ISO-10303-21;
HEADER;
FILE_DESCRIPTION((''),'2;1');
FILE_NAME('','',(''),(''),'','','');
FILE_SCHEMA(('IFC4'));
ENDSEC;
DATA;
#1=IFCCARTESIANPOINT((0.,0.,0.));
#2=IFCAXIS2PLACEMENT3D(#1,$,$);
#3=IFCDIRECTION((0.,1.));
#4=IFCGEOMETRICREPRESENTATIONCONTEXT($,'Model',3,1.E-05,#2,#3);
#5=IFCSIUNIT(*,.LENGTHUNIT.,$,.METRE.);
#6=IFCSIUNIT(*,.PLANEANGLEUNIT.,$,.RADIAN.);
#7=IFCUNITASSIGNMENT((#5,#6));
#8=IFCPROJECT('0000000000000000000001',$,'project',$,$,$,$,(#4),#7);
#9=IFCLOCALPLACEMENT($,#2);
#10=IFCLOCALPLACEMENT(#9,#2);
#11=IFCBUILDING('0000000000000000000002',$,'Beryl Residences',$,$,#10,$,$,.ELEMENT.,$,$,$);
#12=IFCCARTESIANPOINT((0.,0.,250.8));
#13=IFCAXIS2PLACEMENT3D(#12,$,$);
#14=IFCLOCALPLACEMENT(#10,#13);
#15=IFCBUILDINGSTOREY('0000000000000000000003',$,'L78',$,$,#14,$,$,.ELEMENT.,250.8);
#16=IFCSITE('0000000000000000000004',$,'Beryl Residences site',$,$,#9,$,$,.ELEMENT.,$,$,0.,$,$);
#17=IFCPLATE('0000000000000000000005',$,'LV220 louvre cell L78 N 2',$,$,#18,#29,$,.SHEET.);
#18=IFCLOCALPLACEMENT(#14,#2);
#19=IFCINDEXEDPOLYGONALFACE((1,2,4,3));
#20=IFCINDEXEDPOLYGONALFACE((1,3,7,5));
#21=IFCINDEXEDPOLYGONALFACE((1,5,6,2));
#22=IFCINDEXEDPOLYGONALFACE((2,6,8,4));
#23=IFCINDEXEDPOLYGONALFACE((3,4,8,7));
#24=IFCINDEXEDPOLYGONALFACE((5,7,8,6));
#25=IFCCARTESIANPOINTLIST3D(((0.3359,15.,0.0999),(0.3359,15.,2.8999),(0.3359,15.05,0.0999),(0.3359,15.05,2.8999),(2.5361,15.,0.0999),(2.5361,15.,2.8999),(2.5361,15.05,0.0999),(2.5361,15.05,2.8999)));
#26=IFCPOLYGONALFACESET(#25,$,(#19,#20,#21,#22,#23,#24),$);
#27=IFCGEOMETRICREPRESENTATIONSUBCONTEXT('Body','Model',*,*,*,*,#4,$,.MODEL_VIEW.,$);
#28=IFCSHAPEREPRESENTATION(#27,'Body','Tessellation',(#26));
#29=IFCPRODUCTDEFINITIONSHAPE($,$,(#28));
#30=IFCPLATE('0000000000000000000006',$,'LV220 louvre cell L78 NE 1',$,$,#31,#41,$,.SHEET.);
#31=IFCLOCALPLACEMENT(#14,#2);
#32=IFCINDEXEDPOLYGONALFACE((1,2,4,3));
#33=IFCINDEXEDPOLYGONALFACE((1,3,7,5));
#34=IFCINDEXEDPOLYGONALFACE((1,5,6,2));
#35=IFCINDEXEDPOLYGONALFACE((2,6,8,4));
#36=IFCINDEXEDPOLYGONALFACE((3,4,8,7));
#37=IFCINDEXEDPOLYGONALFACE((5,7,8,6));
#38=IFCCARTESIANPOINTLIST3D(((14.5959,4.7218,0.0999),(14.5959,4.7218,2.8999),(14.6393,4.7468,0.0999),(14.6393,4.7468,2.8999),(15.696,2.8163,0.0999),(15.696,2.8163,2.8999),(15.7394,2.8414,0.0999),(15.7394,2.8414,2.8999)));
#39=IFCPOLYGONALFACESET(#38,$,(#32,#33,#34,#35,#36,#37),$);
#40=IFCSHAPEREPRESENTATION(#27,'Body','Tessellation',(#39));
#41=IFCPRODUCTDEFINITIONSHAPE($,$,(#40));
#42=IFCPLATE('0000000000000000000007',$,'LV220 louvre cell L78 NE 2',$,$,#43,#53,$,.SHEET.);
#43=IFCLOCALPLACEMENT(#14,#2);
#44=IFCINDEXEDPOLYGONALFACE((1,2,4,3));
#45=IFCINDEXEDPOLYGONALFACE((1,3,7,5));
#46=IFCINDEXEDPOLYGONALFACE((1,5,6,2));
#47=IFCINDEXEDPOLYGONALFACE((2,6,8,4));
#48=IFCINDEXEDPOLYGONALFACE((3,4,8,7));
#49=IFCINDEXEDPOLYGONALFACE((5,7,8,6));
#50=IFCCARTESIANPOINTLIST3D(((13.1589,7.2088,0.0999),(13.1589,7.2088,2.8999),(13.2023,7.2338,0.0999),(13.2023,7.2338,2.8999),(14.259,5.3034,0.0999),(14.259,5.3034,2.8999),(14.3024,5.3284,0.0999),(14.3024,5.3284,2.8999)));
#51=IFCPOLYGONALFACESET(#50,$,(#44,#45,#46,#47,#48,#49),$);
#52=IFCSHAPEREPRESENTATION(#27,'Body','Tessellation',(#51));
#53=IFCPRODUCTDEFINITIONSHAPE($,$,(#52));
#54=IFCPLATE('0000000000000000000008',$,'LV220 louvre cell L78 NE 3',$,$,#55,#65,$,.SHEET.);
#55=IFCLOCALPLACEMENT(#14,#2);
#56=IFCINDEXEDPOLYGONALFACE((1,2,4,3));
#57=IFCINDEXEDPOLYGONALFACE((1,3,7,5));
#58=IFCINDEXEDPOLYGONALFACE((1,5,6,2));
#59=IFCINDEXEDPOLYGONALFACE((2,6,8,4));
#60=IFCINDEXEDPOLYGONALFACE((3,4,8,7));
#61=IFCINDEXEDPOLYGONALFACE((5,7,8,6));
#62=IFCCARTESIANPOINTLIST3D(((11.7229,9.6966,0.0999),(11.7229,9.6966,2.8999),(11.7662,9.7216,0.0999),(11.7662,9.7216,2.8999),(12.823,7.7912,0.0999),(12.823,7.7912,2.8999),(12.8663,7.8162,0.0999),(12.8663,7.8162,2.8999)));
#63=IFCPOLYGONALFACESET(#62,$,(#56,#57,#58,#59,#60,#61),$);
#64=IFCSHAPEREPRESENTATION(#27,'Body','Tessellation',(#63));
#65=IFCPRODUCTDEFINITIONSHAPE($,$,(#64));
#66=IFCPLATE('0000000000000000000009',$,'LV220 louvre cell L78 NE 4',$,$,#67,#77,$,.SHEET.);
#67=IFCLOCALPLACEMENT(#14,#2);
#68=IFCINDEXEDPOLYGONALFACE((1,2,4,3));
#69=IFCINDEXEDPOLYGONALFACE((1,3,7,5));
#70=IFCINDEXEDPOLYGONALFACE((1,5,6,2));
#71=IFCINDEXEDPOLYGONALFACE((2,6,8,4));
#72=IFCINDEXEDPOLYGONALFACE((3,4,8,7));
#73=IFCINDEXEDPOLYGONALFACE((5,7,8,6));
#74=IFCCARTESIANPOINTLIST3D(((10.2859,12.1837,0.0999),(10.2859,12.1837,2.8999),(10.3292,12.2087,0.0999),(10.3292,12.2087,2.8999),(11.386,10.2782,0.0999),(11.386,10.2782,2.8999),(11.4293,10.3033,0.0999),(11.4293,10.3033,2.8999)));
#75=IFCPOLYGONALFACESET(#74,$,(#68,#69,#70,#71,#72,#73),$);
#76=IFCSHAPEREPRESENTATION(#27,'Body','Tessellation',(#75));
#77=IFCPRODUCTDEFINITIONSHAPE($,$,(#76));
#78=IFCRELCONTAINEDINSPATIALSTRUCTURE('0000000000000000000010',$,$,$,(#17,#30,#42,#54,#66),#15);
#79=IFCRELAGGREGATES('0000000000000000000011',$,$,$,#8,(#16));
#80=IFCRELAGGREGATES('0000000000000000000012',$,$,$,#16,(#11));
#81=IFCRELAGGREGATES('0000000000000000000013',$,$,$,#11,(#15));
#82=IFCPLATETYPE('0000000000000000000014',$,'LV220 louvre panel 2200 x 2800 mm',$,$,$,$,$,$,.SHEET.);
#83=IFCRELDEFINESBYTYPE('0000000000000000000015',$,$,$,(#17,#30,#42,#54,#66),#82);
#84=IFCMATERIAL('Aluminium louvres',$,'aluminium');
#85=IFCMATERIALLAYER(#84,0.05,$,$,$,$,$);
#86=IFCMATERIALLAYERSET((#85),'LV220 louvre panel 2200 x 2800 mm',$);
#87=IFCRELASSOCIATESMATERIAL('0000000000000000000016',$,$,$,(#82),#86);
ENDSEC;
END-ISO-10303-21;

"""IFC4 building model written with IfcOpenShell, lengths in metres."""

from ifc_helpers import new_model, si_unit, direction, frame, origin, place, context, subcontext, project, spatial, polyline, outline, extrude, source, transform, mapped, material, layer, layer_set, type_object, type_shapes, element, save


model = new_model("IFC4")

# Units and contexts
model_context = context("Model", 3, precision=1e-05, world=origin(), true_north=direction((0.0, 1.0)))
body_context = subcontext(model_context, "Body", "Model", "MODEL_VIEW")
ifc_project = project(units=[si_unit("LENGTHUNIT", "METRE"), si_unit("PLANEANGLEUNIT", "RADIAN")], contexts=[model_context])

# Site, building, storey
site_placement = place(None, origin())
site = spatial("IfcSite", under=ifc_project, at=site_placement, Name="Beryl Residences site", CompositionType="ELEMENT", RefElevation=0.0)
building_placement = place(site_placement, origin())
building = spatial("IfcBuilding", under=site, at=building_placement, Name="Beryl Residences", CompositionType="ELEMENT")
storey_placement = place(building_placement, frame((0.0, 0.0, 250.8)))
storey = spatial("IfcBuildingStorey", under=building, at=storey_placement, Name="L78", CompositionType="ELEMENT", Elevation=250.8)

# Plates
ifc_material_1 = material(Name="Aluminium louvres", Category="aluminium")
ifc_layer_1 = layer(ifc_material_1, 0.05)
ifc_layer_set_1 = layer_set([ifc_layer_1], Name="LV220 louvre panel 2200 x 2800 mm")
plate_type_1 = type_object("IfcPlateType", Name="LV220 louvre panel 2200 x 2800 mm", PredefinedType="SHEET", material=ifc_layer_set_1)
shared_shape_1 = source(origin(), body_context, "Body", "SweptSolid", [
    extrude(outline(polyline([(-1.1001, 0.0), (1.1001, 0.0), (1.1001, 0.05), (-1.1001, 0.05), (-1.1001, 0.0)])), origin(), (0.0, 0.0, 1.0), 2.8),
])
type_shapes(plate_type_1, [shared_shape_1])
for number, where, z_axis, x_axis, name in (
    (1, (1.436, 15.0, 0.0999), (0.0, 0.0, 1.0), (1.0, 0.0, 0.0), "LV220 louvre cell L78 N 2"),
    (2, (15.146, 3.769, 0.0999), (0.0, 0.0, 1.0), (0.5, -0.866025, 0.0), "LV220 louvre cell L78 NE 1"),
    (3, (13.709, 6.2561, 0.0999), (0.0, 0.0, 1.0), (0.5, -0.866025, 0.0), "LV220 louvre cell L78 NE 2"),
    (4, (12.2729, 8.7439, 0.0999), (0.0, 0.0, 1.0), (0.5, -0.866025, 0.0), "LV220 louvre cell L78 NE 3"),
    (5, (10.8359, 11.231, 0.0999), (0.0, 0.0, 1.0), (0.5, -0.866025, 0.0), "LV220 louvre cell L78 NE 4"),
):
    element("IfcPlate", number, at=place(storey_placement, frame(where, z_axis=z_axis, x_axis=x_axis)), inside=storey, type_object=plate_type_1, Name=name, PredefinedType="SHEET", context=body_context, shape_type="MappedRepresentation", body=[
        mapped(shared_shape_1, transform((0.0, 0.0, 0.0))),
    ])

save(model, "model.ifc")
